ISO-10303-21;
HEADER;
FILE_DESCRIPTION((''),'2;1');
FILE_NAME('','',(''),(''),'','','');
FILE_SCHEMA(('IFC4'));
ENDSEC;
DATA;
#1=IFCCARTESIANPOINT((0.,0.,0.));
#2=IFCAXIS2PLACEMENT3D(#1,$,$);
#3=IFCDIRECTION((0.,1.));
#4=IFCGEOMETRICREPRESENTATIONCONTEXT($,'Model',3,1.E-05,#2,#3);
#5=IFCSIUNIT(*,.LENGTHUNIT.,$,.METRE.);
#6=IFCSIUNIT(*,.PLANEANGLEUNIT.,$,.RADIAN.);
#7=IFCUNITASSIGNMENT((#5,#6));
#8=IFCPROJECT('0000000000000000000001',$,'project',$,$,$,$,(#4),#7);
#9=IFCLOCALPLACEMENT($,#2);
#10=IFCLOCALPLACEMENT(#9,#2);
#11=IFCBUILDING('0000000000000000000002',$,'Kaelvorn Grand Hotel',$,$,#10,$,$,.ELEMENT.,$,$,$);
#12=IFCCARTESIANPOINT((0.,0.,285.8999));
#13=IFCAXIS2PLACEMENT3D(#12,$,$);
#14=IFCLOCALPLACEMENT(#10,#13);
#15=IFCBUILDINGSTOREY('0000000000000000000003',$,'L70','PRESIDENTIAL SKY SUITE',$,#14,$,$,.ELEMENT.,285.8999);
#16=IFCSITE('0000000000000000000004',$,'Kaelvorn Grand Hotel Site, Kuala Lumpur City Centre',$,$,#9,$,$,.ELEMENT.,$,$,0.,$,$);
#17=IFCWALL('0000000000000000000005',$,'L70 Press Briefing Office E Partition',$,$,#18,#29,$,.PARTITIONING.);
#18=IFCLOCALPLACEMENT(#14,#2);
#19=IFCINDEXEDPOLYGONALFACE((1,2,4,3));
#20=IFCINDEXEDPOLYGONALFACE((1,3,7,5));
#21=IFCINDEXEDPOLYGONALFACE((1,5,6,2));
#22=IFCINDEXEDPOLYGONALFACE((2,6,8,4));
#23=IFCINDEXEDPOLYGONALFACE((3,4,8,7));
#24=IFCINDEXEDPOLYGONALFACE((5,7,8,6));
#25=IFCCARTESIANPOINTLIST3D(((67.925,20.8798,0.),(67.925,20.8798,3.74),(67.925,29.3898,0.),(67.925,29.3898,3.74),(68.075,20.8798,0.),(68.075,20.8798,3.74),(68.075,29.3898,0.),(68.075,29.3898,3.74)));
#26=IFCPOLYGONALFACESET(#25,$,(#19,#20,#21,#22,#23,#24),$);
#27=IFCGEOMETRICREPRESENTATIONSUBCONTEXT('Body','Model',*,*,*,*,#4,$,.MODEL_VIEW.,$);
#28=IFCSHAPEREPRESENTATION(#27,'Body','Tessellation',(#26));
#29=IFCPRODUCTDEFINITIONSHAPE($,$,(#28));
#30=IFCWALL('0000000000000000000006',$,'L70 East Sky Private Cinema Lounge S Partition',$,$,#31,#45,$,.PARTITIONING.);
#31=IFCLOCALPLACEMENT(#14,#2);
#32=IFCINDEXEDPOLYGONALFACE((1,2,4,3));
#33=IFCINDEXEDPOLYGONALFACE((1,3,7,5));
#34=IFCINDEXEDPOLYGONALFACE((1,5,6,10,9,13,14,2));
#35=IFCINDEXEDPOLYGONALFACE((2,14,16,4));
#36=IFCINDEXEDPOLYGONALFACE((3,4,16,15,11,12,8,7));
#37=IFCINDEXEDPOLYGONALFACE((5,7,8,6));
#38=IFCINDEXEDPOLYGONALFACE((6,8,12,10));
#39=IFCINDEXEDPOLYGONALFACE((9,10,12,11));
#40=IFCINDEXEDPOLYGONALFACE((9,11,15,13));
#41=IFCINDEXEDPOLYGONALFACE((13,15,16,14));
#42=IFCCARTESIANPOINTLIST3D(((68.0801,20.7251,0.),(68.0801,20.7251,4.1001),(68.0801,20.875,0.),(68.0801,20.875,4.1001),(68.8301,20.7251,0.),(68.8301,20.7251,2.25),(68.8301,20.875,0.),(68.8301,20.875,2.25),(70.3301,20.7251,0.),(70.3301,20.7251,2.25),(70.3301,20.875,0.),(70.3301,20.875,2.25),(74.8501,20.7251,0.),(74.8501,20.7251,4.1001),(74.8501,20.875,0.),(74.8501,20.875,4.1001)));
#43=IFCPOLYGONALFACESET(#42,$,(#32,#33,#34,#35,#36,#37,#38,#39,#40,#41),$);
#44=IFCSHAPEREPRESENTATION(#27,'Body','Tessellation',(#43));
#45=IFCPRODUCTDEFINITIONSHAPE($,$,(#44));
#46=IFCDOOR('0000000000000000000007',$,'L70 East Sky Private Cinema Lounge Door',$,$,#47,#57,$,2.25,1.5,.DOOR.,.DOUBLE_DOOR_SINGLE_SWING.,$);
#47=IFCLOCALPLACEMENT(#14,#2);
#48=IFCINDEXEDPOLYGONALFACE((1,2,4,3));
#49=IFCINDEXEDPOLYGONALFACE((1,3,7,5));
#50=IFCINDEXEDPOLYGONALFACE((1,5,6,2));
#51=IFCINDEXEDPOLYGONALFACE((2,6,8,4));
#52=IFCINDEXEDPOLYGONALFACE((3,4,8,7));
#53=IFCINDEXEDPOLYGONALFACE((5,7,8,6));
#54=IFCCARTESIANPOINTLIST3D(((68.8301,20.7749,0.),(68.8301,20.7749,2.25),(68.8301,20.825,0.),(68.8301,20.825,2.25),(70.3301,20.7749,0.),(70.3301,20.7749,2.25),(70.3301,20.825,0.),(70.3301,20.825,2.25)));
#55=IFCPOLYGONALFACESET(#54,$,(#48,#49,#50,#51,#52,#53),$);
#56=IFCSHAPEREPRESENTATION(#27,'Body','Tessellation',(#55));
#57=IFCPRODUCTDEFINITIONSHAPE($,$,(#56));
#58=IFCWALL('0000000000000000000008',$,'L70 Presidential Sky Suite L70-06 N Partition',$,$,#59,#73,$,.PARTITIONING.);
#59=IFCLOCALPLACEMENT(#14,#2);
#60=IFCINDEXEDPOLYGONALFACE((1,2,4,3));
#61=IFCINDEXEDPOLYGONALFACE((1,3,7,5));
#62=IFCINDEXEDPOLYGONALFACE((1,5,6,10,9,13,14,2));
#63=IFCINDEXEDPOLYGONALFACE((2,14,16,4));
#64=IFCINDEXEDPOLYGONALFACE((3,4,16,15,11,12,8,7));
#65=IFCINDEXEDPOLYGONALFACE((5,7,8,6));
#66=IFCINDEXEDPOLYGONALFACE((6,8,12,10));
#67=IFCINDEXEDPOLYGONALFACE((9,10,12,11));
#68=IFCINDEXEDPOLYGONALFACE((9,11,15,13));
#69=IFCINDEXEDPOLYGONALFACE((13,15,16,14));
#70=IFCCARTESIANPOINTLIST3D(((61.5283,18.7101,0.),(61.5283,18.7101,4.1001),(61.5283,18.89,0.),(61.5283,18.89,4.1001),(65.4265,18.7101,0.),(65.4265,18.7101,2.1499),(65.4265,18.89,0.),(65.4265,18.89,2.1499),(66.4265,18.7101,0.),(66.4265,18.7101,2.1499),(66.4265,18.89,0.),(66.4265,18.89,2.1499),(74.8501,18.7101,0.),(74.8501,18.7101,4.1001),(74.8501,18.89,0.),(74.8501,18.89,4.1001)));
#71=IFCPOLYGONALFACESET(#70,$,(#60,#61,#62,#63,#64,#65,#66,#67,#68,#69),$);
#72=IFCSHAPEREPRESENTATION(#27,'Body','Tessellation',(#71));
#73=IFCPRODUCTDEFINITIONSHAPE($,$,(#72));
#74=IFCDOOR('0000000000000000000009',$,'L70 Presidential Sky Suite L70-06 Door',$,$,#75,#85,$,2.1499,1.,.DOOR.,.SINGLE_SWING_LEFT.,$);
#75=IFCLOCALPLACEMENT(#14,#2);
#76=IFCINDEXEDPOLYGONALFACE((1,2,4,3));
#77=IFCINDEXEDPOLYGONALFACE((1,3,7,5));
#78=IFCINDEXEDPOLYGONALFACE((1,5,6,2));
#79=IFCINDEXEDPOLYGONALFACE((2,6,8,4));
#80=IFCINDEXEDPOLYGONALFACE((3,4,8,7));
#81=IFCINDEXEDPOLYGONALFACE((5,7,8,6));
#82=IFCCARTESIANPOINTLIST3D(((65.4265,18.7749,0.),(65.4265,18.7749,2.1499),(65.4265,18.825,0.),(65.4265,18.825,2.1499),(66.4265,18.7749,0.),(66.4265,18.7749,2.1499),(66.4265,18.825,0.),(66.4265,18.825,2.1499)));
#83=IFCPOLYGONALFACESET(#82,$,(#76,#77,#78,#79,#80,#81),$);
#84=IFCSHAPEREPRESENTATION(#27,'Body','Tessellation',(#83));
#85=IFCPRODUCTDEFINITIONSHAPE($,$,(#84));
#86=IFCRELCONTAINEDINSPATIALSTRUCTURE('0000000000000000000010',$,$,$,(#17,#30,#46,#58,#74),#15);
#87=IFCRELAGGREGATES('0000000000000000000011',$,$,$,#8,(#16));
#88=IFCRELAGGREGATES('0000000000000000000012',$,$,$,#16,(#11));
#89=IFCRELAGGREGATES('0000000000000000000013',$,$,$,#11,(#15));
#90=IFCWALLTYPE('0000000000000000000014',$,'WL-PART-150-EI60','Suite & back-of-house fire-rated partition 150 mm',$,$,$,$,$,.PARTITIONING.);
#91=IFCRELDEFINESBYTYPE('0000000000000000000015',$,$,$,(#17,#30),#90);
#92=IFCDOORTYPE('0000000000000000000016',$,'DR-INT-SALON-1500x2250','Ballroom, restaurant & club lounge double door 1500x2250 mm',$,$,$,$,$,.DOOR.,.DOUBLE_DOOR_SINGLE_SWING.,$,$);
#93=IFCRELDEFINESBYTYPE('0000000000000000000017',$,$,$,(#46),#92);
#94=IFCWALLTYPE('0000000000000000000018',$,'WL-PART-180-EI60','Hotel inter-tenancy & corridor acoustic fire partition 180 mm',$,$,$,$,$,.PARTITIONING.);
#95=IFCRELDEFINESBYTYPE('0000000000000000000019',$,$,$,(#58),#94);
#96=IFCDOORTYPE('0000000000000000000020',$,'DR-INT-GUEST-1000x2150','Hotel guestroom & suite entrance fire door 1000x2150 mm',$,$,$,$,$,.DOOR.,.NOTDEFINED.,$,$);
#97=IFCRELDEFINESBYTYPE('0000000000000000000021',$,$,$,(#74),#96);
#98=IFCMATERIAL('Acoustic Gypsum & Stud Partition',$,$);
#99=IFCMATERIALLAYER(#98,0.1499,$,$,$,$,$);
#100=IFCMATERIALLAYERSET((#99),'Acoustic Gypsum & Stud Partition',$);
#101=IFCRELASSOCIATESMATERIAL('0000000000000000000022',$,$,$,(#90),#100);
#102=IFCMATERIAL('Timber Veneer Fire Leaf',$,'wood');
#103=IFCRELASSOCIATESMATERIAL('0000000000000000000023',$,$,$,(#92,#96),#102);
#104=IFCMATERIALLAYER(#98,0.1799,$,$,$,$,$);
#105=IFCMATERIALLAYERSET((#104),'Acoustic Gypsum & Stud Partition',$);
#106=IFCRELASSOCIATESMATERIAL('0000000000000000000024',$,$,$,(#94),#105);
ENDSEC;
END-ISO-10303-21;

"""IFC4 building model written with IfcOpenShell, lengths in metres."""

from ifc_helpers import new_model, si_unit, direction, frame, frame_2d, origin, place, context, subcontext, project, spatial, rectangle, extrude, material, layer, layer_set, type_object, element, fill, save


model = new_model("IFC4")

# Units and contexts
model_context = context("Model", 3, precision=1e-05, world=origin(), true_north=direction((0.0, 1.0)))
body_context = subcontext(model_context, "Body", "Model", "MODEL_VIEW")
ifc_project = project(units=[si_unit("LENGTHUNIT", "METRE"), si_unit("PLANEANGLEUNIT", "RADIAN")], contexts=[model_context])

# Site, building, storey
site_placement = place(None, origin())
site = spatial("IfcSite", under=ifc_project, at=site_placement, Name="Kaelvorn Grand Hotel Site, Kuala Lumpur City Centre", CompositionType="ELEMENT", RefElevation=0.0)
building_placement = place(site_placement, origin())
building = spatial("IfcBuilding", under=site, at=building_placement, Name="Kaelvorn Grand Hotel", CompositionType="ELEMENT")
storey_placement = place(building_placement, frame((0.0, 0.0, 285.8999)))
storey = spatial("IfcBuildingStorey", under=building, at=storey_placement, Name="L70", Description="PRESIDENTIAL SKY SUITE", CompositionType="ELEMENT", Elevation=285.8999)

# Wall
ifc_material_1 = material(Name="Acoustic Gypsum & Stud Partition")
ifc_layer_1 = layer(ifc_material_1, 0.1499)
ifc_layer_set_1 = layer_set([ifc_layer_1], Name="Acoustic Gypsum & Stud Partition")
wall_type_1 = type_object("IfcWallType", Name="WL-PART-150-EI60", Description="Suite & back-of-house fire-rated partition 150 mm", PredefinedType="PARTITIONING", material=ifc_layer_set_1)
wall_1_placement = place(storey_placement, frame((68.0, 20.8799, 0.0), z_axis=(0.0, 0.0, 1.0), x_axis=(0.0, 1.0, 0.0)))
element("IfcWall", 1, at=wall_1_placement, inside=storey, type_object=wall_type_1, Name="L70 Press Briefing Office E Partition", PredefinedType="PARTITIONING", context=body_context, shape_type="SweptSolid", body=[
    extrude(rectangle(XDim=8.51, YDim=0.1499, at=frame_2d((4.2549, 0.0))), origin(), (0.0, 0.0, 1.0), 3.74),
])

# Walls, openings, doors
wall_2_placement = place(storey_placement, frame((68.0801, 20.8, 0.0), z_axis=(0.0, 0.0, 1.0), x_axis=(1.0, 0.0, 0.0)))
wall_2 = element("IfcWall", 2, at=wall_2_placement, inside=storey, type_object=wall_type_1, Name="L70 East Sky Private Cinema Lounge S Partition", PredefinedType="PARTITIONING", context=body_context, shape_type="SweptSolid", body=[
    extrude(rectangle(XDim=6.77, YDim=0.1499, at=frame_2d((3.385, 0.0))), origin(), (0.0, 0.0, 1.0), 4.1001),
])
opening_1_placement = place(wall_2_placement, frame((0.75, 0.0, 0.0)))
opening_1 = element("IfcOpeningElement", 3, at=opening_1_placement, cuts=wall_2, PredefinedType="OPENING", context=body_context, shape_type="SweptSolid", body=[
    extrude(rectangle(XDim=1.5, YDim=2.25, at=frame_2d((0.75, 1.125))), frame((0.0, 0.085, 0.0), z_axis=(0.0, -1.0, 0.0), x_axis=(1.0, 0.0, 0.0)), (0.0, 0.0, 1.0), 0.1699),
])
ifc_material_2 = material(Name="Timber Veneer Fire Leaf", Category="wood")
door_type_1 = type_object("IfcDoorType", Name="DR-INT-SALON-1500x2250", Description="Ballroom, restaurant & club lounge double door 1500x2250 mm", OperationType="DOUBLE_DOOR_SINGLE_SWING", PredefinedType="DOOR", material=ifc_material_2)
door_1_placement = place(opening_1_placement, origin())
door_1 = element("IfcDoor", 4, at=door_1_placement, inside=storey, type_object=door_type_1, Name="L70 East Sky Private Cinema Lounge Door", OperationType="DOUBLE_DOOR_SINGLE_SWING", OverallHeight=2.25, OverallWidth=1.5, PredefinedType="DOOR", context=body_context, shape_type="SweptSolid", body=[
    extrude(rectangle(XDim=1.5, YDim=2.25, at=frame_2d((0.75, 1.125))), frame((0.0, 0.0249, 0.0), z_axis=(0.0, -1.0, 0.0), x_axis=(1.0, 0.0, 0.0)), (0.0, 0.0, 1.0), 0.05),
])
fill(opening_1, door_1)
ifc_layer_2 = layer(ifc_material_1, 0.1799)
ifc_layer_set_2 = layer_set([ifc_layer_2], Name="Acoustic Gypsum & Stud Partition")
wall_type_2 = type_object("IfcWallType", Name="WL-PART-180-EI60", Description="Hotel inter-tenancy & corridor acoustic fire partition 180 mm", PredefinedType="PARTITIONING", material=ifc_layer_set_2)
wall_3_placement = place(storey_placement, frame((61.5283, 18.8, 0.0), z_axis=(0.0, 0.0, 1.0), x_axis=(1.0, 0.0, 0.0)))
wall_3 = element("IfcWall", 5, at=wall_3_placement, inside=storey, type_object=wall_type_2, Name="L70 Presidential Sky Suite L70-06 N Partition", PredefinedType="PARTITIONING", context=body_context, shape_type="SweptSolid", body=[
    extrude(rectangle(XDim=13.3218, YDim=0.1799, at=frame_2d((6.6609, 0.0))), origin(), (0.0, 0.0, 1.0), 4.1001),
])
opening_2_placement = place(wall_3_placement, frame((3.8982, 0.0, 0.0)))
opening_2 = element("IfcOpeningElement", 6, at=opening_2_placement, cuts=wall_3, PredefinedType="OPENING", context=body_context, shape_type="SweptSolid", body=[
    extrude(rectangle(XDim=1.0, YDim=2.1499, at=frame_2d((0.5, 1.075))), frame((0.0, 0.1001, 0.0), z_axis=(0.0, -1.0, 0.0), x_axis=(1.0, 0.0, 0.0)), (0.0, 0.0, 1.0), 0.2),
])
door_type_2 = type_object("IfcDoorType", Name="DR-INT-GUEST-1000x2150", Description="Hotel guestroom & suite entrance fire door 1000x2150 mm", OperationType="NOTDEFINED", PredefinedType="DOOR", material=ifc_material_2)
door_2_placement = place(opening_2_placement, origin())
door_2 = element("IfcDoor", 7, at=door_2_placement, inside=storey, type_object=door_type_2, Name="L70 Presidential Sky Suite L70-06 Door", OperationType="SINGLE_SWING_LEFT", OverallHeight=2.1499, OverallWidth=1.0, PredefinedType="DOOR", context=body_context, shape_type="SweptSolid", body=[
    extrude(rectangle(XDim=1.0, YDim=2.1499, at=frame_2d((0.5, 1.075))), frame((0.0, 0.0249, 0.0), z_axis=(0.0, -1.0, 0.0), x_axis=(1.0, 0.0, 0.0)), (0.0, 0.0, 1.0), 0.05),
])
fill(opening_2, door_2)

save(model, "model.ifc")
